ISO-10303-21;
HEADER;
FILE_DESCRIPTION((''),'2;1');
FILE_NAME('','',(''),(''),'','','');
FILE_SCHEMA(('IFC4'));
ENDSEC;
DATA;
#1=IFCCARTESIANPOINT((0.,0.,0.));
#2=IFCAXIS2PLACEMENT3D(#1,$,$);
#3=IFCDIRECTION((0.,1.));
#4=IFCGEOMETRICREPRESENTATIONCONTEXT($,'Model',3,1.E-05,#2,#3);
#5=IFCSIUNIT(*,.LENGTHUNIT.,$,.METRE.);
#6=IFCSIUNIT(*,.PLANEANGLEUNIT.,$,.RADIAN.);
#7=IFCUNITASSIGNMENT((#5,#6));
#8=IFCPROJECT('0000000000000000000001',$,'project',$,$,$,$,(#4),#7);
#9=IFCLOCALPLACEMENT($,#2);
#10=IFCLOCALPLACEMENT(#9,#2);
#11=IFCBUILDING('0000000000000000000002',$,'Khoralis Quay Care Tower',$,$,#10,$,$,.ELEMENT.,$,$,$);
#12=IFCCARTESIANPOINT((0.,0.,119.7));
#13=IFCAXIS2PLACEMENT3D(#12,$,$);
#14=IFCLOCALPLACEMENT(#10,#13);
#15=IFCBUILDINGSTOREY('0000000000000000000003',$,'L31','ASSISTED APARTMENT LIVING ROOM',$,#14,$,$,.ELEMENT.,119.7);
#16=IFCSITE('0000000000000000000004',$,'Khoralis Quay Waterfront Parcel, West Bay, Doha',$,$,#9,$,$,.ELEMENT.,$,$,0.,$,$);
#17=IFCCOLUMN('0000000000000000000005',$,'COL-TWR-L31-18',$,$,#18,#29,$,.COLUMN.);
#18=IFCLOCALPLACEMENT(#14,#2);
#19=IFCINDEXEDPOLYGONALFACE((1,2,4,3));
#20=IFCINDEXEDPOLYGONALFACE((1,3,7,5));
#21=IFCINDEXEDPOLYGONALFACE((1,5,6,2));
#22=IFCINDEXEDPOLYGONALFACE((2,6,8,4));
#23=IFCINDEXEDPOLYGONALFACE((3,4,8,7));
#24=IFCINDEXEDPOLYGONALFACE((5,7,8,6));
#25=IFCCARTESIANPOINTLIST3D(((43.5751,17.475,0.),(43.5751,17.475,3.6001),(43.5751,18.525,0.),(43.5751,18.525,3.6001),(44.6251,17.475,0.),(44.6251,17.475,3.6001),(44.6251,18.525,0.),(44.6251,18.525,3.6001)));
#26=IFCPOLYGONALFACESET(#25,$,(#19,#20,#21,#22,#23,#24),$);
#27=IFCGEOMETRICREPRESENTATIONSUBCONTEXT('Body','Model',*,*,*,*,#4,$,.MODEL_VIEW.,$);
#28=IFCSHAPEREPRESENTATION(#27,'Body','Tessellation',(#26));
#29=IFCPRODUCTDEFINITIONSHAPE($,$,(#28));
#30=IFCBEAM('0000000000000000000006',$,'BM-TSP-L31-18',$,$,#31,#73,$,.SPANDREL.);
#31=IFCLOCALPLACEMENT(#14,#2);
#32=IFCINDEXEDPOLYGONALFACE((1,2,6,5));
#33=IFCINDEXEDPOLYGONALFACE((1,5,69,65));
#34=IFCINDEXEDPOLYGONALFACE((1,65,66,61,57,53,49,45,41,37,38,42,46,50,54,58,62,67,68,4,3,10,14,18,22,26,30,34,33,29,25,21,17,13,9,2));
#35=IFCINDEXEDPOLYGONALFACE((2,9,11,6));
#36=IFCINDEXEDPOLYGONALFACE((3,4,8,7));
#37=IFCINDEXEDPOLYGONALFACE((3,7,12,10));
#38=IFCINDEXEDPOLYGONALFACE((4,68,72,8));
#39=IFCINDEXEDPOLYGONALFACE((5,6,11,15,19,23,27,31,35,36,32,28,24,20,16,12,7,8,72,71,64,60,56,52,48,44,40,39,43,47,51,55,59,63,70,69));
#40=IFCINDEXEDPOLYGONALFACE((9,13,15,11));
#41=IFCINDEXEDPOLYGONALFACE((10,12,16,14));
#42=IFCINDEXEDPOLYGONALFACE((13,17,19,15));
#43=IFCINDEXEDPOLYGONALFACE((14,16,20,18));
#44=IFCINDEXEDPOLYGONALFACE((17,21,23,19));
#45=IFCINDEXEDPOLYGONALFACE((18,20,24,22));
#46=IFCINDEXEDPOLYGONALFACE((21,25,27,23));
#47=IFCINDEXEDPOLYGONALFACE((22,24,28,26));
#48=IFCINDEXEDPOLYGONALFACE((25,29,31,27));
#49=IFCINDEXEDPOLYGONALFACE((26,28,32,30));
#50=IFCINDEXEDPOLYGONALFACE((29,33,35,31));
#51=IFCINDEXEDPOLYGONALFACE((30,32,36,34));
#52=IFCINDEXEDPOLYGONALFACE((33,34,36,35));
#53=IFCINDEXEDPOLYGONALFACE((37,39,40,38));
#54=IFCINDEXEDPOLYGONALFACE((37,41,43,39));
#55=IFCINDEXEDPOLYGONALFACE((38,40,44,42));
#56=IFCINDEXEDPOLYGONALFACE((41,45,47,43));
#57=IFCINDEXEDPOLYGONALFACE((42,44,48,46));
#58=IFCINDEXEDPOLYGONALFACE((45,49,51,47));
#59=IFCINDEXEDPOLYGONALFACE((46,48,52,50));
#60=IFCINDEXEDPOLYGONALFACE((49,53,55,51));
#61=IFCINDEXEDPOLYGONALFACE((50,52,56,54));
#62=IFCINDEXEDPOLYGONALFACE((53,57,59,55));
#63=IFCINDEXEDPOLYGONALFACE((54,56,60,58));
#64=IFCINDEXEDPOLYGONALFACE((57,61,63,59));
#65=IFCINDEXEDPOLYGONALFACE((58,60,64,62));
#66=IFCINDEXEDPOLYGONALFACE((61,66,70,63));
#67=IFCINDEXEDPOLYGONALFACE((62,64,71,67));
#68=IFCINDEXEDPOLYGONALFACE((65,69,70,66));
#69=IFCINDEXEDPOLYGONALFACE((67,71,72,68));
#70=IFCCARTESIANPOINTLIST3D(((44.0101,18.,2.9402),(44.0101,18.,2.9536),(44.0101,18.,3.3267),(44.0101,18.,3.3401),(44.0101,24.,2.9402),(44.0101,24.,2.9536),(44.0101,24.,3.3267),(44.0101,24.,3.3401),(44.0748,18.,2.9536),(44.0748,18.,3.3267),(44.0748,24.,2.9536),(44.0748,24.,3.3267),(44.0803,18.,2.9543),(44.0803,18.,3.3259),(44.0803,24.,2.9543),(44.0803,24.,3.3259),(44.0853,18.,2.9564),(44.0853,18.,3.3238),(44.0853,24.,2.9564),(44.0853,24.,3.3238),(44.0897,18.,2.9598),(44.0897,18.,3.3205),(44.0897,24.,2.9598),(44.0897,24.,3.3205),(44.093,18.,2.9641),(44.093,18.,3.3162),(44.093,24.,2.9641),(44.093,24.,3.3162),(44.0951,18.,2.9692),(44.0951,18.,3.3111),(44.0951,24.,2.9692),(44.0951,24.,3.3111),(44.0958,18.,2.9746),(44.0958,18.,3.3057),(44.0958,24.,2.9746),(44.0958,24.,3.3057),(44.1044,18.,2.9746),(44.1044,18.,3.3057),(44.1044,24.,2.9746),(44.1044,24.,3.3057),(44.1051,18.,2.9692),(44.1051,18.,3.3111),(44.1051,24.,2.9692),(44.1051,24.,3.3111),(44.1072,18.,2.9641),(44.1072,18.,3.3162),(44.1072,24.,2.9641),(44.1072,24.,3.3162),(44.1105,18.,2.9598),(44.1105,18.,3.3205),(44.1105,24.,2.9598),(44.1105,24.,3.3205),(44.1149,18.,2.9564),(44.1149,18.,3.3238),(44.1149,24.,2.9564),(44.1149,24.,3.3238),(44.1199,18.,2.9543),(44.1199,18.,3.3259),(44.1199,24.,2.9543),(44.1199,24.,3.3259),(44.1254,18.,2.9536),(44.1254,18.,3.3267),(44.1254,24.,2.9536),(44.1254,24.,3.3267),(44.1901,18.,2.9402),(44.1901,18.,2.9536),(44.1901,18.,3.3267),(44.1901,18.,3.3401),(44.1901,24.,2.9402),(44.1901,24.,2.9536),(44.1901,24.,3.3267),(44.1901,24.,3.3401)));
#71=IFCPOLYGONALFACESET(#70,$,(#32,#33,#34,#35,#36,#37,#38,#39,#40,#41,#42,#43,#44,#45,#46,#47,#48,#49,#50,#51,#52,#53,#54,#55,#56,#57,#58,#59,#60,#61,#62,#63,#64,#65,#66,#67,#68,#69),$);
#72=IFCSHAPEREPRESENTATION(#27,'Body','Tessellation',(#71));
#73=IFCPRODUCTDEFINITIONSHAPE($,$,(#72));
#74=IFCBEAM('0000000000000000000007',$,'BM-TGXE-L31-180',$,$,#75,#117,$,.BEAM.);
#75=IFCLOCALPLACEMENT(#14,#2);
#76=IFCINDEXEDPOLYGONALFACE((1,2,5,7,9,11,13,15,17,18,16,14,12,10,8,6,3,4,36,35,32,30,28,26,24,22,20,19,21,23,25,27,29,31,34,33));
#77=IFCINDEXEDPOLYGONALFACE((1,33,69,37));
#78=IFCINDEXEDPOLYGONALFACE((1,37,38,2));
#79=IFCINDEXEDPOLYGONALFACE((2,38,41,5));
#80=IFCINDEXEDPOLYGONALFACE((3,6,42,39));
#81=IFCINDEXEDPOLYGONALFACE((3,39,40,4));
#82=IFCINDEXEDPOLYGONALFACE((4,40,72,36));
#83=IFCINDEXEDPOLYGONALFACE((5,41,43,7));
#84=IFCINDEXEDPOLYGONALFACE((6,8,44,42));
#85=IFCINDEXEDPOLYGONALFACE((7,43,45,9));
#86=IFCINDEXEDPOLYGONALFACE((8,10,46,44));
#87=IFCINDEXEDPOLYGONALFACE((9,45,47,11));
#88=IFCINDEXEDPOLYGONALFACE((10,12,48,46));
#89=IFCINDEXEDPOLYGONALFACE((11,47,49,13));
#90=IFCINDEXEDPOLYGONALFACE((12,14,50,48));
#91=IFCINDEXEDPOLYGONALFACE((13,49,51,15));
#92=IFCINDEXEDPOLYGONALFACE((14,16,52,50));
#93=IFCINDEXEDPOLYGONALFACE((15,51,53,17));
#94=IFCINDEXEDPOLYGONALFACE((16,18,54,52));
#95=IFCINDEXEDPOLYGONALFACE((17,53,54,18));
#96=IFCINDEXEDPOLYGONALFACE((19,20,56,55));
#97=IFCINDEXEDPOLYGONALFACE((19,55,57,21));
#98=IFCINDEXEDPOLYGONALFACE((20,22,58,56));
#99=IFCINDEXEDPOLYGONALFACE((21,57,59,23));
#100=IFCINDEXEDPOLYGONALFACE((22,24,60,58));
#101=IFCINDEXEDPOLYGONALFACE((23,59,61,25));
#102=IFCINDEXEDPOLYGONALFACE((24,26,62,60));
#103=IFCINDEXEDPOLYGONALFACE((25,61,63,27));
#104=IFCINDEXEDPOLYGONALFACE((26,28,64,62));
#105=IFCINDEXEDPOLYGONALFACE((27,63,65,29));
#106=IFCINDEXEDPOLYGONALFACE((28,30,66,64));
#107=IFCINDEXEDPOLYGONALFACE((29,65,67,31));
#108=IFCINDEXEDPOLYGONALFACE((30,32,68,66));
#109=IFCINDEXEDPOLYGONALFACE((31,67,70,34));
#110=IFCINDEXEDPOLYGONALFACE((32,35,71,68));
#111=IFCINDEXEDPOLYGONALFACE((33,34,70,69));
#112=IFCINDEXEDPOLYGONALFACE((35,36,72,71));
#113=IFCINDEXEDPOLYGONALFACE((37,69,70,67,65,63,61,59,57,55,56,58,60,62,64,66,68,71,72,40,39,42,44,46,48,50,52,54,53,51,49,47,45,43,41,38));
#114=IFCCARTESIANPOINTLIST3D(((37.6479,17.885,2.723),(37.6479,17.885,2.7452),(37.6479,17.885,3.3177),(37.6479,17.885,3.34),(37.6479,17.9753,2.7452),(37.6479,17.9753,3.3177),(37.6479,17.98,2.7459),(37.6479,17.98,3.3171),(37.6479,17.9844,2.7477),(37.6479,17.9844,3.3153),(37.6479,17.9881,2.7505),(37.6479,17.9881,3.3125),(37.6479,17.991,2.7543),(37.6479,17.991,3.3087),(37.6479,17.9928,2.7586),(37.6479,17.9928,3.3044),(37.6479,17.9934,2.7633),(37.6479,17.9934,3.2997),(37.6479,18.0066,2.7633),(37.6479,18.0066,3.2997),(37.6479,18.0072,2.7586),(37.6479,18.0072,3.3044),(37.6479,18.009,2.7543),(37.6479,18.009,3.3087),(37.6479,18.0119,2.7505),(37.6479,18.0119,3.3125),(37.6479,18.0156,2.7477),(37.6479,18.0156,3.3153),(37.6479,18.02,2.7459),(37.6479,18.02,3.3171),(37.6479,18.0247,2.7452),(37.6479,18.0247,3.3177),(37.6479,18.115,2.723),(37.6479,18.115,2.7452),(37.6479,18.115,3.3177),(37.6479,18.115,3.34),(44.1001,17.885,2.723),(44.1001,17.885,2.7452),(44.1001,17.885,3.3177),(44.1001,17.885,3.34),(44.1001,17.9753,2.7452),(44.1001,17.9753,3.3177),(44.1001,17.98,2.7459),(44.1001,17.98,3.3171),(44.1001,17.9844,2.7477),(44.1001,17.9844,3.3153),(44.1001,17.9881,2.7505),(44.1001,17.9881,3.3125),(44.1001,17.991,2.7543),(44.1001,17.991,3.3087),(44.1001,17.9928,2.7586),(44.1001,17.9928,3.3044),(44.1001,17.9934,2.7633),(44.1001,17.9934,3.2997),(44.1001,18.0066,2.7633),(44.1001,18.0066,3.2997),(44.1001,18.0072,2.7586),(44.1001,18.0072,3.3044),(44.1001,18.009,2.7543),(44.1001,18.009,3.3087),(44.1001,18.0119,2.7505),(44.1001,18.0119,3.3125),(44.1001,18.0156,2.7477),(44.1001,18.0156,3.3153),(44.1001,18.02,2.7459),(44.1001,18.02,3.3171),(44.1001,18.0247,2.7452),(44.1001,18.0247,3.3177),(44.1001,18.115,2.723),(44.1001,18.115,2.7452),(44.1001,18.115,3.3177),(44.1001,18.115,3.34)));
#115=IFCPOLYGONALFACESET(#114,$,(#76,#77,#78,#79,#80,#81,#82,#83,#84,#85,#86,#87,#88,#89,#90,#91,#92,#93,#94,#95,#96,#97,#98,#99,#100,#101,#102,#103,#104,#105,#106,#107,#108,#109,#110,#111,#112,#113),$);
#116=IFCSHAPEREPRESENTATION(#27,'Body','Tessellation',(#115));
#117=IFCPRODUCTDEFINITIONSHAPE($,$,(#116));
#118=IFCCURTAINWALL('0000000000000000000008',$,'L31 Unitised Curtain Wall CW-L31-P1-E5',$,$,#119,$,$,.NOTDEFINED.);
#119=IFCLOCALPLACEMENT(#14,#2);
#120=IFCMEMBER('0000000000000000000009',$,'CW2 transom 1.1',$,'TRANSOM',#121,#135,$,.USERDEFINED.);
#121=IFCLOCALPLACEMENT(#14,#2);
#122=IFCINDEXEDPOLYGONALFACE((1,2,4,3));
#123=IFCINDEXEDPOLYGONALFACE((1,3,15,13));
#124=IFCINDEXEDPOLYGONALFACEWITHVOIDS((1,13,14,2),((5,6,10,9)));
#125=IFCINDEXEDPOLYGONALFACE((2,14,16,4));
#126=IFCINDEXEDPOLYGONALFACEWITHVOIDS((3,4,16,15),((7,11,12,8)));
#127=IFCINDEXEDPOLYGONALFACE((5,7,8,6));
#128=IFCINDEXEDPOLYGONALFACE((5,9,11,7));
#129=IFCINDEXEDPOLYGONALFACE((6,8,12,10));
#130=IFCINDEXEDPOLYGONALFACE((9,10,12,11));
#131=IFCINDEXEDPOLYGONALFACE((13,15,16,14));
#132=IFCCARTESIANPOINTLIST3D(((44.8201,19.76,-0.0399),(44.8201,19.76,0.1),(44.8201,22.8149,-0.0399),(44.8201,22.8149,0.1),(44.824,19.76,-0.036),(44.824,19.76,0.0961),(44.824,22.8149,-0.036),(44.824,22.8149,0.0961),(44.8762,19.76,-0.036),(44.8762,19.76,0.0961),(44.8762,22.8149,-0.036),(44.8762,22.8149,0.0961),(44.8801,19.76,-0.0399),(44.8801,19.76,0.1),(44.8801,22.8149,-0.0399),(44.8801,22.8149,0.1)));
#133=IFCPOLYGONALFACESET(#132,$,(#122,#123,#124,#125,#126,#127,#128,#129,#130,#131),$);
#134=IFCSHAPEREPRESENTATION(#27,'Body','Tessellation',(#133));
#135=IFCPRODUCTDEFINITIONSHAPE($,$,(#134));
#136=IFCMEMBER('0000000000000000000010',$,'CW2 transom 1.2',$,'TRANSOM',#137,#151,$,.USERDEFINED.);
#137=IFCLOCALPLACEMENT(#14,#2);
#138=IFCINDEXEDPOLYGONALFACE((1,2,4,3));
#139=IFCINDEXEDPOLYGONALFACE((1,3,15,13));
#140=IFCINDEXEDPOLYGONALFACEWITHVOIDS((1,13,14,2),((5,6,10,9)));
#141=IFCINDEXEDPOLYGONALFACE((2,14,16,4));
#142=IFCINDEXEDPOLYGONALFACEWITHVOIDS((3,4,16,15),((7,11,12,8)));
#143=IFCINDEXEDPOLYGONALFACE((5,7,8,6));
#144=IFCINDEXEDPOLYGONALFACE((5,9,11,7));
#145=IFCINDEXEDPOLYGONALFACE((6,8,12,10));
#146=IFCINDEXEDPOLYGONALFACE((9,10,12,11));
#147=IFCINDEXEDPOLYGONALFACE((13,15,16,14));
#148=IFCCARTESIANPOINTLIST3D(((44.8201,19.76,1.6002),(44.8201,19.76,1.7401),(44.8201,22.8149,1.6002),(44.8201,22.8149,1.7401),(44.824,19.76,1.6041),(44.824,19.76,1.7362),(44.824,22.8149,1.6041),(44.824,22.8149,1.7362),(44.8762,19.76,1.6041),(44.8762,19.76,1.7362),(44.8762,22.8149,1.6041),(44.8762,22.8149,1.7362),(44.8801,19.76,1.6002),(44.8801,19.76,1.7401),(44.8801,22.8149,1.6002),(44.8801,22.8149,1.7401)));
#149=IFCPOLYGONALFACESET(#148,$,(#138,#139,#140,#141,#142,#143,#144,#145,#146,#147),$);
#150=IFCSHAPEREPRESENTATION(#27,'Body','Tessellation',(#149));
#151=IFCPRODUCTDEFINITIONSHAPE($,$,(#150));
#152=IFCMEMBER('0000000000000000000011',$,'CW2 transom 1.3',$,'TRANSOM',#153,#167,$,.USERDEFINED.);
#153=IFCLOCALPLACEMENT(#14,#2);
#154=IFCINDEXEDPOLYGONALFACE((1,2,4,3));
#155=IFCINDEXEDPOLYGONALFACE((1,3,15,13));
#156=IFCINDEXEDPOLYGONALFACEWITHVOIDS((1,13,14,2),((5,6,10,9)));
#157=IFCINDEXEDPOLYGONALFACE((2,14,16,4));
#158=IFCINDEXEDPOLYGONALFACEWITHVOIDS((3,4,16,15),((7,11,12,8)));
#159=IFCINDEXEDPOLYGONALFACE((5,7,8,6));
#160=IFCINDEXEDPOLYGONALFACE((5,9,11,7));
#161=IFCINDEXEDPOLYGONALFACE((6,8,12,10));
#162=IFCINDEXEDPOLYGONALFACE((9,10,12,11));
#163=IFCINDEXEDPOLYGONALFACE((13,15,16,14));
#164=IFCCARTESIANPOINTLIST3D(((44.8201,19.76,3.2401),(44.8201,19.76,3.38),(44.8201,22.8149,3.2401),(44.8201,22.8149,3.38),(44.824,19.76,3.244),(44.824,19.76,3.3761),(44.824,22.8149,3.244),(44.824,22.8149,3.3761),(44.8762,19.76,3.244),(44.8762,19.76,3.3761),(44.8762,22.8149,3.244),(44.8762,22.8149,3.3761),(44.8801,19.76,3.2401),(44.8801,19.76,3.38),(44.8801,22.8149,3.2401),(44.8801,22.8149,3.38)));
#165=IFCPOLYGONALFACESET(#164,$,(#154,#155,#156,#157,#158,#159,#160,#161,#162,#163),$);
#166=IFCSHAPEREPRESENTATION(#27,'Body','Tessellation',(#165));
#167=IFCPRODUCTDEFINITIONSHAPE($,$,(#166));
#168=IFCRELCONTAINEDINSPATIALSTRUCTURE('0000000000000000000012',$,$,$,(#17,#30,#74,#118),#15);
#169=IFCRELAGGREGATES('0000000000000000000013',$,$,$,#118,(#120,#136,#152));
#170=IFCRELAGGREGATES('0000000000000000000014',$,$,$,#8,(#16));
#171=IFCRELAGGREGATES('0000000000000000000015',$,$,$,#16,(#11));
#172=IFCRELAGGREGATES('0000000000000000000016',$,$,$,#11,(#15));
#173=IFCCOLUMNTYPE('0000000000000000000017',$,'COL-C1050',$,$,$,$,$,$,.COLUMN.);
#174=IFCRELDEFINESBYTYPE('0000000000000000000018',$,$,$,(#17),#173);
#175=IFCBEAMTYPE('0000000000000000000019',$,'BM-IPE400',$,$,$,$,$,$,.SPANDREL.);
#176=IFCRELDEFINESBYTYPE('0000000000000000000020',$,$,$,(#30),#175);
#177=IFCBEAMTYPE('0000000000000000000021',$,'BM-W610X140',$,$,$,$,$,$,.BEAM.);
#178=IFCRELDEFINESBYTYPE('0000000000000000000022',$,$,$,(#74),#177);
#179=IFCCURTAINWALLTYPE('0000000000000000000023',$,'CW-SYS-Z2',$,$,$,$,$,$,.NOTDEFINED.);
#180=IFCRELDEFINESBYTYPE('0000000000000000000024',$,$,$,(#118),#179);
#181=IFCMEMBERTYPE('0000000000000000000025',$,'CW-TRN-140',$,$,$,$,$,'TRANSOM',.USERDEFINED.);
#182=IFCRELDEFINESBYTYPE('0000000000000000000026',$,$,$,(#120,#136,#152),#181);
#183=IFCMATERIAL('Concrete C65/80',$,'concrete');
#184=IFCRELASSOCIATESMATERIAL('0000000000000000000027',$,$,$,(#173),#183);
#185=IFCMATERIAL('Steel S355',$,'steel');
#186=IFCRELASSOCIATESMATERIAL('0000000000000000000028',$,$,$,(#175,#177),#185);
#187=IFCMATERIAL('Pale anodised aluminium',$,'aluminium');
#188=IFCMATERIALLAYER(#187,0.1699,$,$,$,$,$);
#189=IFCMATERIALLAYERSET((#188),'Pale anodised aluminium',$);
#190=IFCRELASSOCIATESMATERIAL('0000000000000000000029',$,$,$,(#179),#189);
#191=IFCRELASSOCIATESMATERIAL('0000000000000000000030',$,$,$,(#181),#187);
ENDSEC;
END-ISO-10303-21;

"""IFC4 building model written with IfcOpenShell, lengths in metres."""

from ifc_helpers import new_model, si_unit, direction, frame, origin, origin_2d, place, context, subcontext, project, spatial, rectangle, hollow_rectangle, i_section, extrude, source, transform, mapped, material, layer, layer_set, material_profile, profile_set, type_object, element, aggregate, save


model = new_model("IFC4")

# Units and contexts
model_context = context("Model", 3, precision=1e-05, world=origin(), true_north=direction((0.0, 1.0)))
body_context = subcontext(model_context, "Body", "Model", "MODEL_VIEW")
ifc_project = project(units=[si_unit("LENGTHUNIT", "METRE"), si_unit("PLANEANGLEUNIT", "RADIAN")], contexts=[model_context])

# Site, building, storey
site_placement = place(None, origin())
site = spatial("IfcSite", under=ifc_project, at=site_placement, Name="Khoralis Quay Waterfront Parcel, West Bay, Doha", CompositionType="ELEMENT", RefElevation=0.0)
building_placement = place(site_placement, origin())
building = spatial("IfcBuilding", under=site, at=building_placement, Name="Khoralis Quay Care Tower", CompositionType="ELEMENT")
storey_placement = place(building_placement, frame((0.0, 0.0, 119.7)))
storey = spatial("IfcBuildingStorey", under=building, at=storey_placement, Name="L31", Description="ASSISTED APARTMENT LIVING ROOM", CompositionType="ELEMENT", Elevation=119.7)

# Column
ifc_material_1 = material(Name="Concrete C65/80", Category="concrete")
ifc_material_profile_1 = material_profile(ifc_material_1, rectangle(XDim=1.05, YDim=1.05, at=origin_2d()), Name="Concrete C65/80")
ifc_profile_set_1 = profile_set([ifc_material_profile_1], Name="Concrete C65/80")
column_type = type_object("IfcColumnType", Name="COL-C1050", PredefinedType="COLUMN", material=ifc_profile_set_1)
shared_shape_1 = source(origin(), body_context, "Body", "SweptSolid", [
    extrude(rectangle(XDim=1.05, YDim=1.05, at=origin_2d()), origin(), (0.0, 0.0, 1.0), 3.6001),
])
column_placement = place(storey_placement, frame((44.1001, 18.0, 0.0), z_axis=(0.0, 0.0, 1.0), x_axis=(1.0, 0.0, 0.0)))
element("IfcColumn", 1, at=column_placement, inside=storey, type_object=column_type, Name="COL-TWR-L31-18", PredefinedType="COLUMN", context=body_context, shape_type="MappedRepresentation", body=[
    mapped(shared_shape_1, transform((0.0, 0.0, 0.0), scale=1.0)),
])

# Beams
ifc_material_2 = material(Name="Steel S355", Category="steel")
ifc_material_profile_2 = material_profile(ifc_material_2, i_section(OverallWidth=0.1799, OverallDepth=0.3999, WebThickness=0.0085, FlangeThickness=0.0134, FilletRadius=0.021, at=origin_2d()), Name="Steel S355")
ifc_profile_set_2 = profile_set([ifc_material_profile_2], Name="Steel S355")
beam_type_1 = type_object("IfcBeamType", Name="BM-IPE400", PredefinedType="SPANDREL", material=ifc_profile_set_2)
shared_shape_2 = source(origin(), body_context, "Body", "SweptSolid", [
    extrude(i_section(OverallWidth=0.1799, OverallDepth=0.3999, WebThickness=0.0085, FlangeThickness=0.0134, FilletRadius=0.021, at=origin_2d()), origin(), (0.0, 0.0, 1.0), 6.0),
])
beam_1_placement = place(storey_placement, frame((44.1001, 18.0, 3.1401), z_axis=(0.0, 1.0, 0.0), x_axis=(-1.0, 0.0, 0.0)))
element("IfcBeam", 2, at=beam_1_placement, inside=storey, type_object=beam_type_1, Name="BM-TSP-L31-18", PredefinedType="SPANDREL", context=body_context, shape_type="MappedRepresentation", body=[
    mapped(shared_shape_2, transform((0.0, 0.0, 0.0), scale=1.0)),
])
ifc_material_profile_3 = material_profile(ifc_material_2, i_section(OverallWidth=0.23, OverallDepth=0.6169, WebThickness=0.0132, FlangeThickness=0.0222, FilletRadius=0.0181, at=origin_2d()), Name="Steel S355")
ifc_profile_set_3 = profile_set([ifc_material_profile_3], Name="Steel S355")
beam_type_2 = type_object("IfcBeamType", Name="BM-W610X140", PredefinedType="BEAM", material=ifc_profile_set_3)
shared_shape_3 = source(origin(), body_context, "Body", "SweptSolid", [
    extrude(i_section(OverallWidth=0.23, OverallDepth=0.6169, WebThickness=0.0132, FlangeThickness=0.0222, FilletRadius=0.0181, at=origin_2d()), origin(), (0.0, 0.0, 1.0), 6.4521),
])
beam_2_placement = place(storey_placement, frame((37.6479, 18.0, 3.0315), z_axis=(1.0, 0.0, 0.0), x_axis=(0.0, 1.0, 0.0)))
element("IfcBeam", 3, at=beam_2_placement, inside=storey, type_object=beam_type_2, Name="BM-TGXE-L31-180", PredefinedType="BEAM", context=body_context, shape_type="MappedRepresentation", body=[
    mapped(shared_shape_3, transform((0.0, 0.0, 0.0), scale=1.0)),
])

# Curtain wall, members
ifc_material_3 = material(Name="Pale anodised aluminium", Category="aluminium")
ifc_layer_1 = layer(ifc_material_3, 0.1699)
ifc_layer_set_1 = layer_set([ifc_layer_1], Name="Pale anodised aluminium")
curtain_wall_type = type_object("IfcCurtainWallType", Name="CW-SYS-Z2", PredefinedType="NOTDEFINED", material=ifc_layer_set_1)
curtain_wall_placement = place(storey_placement, origin())
curtain_wall = element("IfcCurtainWall", 4, at=curtain_wall_placement, inside=storey, type_object=curtain_wall_type, Name="L31 Unitised Curtain Wall CW-L31-P1-E5", PredefinedType="NOTDEFINED")
ifc_material_profile_4 = material_profile(ifc_material_3, hollow_rectangle(XDim=0.0601, YDim=0.1399, WallThickness=0.0039, at=origin_2d()), Name="Pale anodised aluminium")
ifc_profile_set_4 = profile_set([ifc_material_profile_4], Name="Pale anodised aluminium")
member_type_1 = type_object("IfcMemberType", Name="CW-TRN-140", ElementType="TRANSOM", PredefinedType="USERDEFINED", material=ifc_profile_set_4)
shared_shape_4 = source(origin(), body_context, "Body", "SweptSolid", [
    extrude(hollow_rectangle(XDim=0.0601, YDim=0.1399, WallThickness=0.0039, at=origin_2d()), origin(), (0.0, 0.0, 1.0), 3.0549),
])
member_1_placement = place(storey_placement, frame((44.8501, 19.76, 0.03), z_axis=(0.0, 1.0, 0.0), x_axis=(-1.0, 0.0, 0.0)))
member_1 = element("IfcMember", 5, at=member_1_placement, type_object=member_type_1, Name="CW2 transom 1.1", ObjectType="TRANSOM", PredefinedType="USERDEFINED", context=body_context, shape_type="MappedRepresentation", body=[
    mapped(shared_shape_4, transform((0.0, 0.0, 0.0), scale=1.0)),
])
member_2_placement = place(storey_placement, frame((44.8501, 19.76, 1.6702), z_axis=(0.0, 1.0, 0.0), x_axis=(-1.0, 0.0, 0.0)))
member_2 = element("IfcMember", 6, at=member_2_placement, type_object=member_type_1, Name="CW2 transom 1.2", ObjectType="TRANSOM", PredefinedType="USERDEFINED", context=body_context, shape_type="MappedRepresentation", body=[
    mapped(shared_shape_4, transform((0.0, 0.0, 0.0), scale=1.0)),
])
member_3_placement = place(storey_placement, frame((44.8501, 19.76, 3.3101), z_axis=(0.0, 1.0, 0.0), x_axis=(-1.0, 0.0, 0.0)))
member_3 = element("IfcMember", 7, at=member_3_placement, type_object=member_type_1, Name="CW2 transom 1.3", ObjectType="TRANSOM", PredefinedType="USERDEFINED", context=body_context, shape_type="MappedRepresentation", body=[
    mapped(shared_shape_4, transform((0.0, 0.0, 0.0), scale=1.0)),
])
aggregate(curtain_wall, [member_1, member_2, member_3])

save(model, "model.ifc")
